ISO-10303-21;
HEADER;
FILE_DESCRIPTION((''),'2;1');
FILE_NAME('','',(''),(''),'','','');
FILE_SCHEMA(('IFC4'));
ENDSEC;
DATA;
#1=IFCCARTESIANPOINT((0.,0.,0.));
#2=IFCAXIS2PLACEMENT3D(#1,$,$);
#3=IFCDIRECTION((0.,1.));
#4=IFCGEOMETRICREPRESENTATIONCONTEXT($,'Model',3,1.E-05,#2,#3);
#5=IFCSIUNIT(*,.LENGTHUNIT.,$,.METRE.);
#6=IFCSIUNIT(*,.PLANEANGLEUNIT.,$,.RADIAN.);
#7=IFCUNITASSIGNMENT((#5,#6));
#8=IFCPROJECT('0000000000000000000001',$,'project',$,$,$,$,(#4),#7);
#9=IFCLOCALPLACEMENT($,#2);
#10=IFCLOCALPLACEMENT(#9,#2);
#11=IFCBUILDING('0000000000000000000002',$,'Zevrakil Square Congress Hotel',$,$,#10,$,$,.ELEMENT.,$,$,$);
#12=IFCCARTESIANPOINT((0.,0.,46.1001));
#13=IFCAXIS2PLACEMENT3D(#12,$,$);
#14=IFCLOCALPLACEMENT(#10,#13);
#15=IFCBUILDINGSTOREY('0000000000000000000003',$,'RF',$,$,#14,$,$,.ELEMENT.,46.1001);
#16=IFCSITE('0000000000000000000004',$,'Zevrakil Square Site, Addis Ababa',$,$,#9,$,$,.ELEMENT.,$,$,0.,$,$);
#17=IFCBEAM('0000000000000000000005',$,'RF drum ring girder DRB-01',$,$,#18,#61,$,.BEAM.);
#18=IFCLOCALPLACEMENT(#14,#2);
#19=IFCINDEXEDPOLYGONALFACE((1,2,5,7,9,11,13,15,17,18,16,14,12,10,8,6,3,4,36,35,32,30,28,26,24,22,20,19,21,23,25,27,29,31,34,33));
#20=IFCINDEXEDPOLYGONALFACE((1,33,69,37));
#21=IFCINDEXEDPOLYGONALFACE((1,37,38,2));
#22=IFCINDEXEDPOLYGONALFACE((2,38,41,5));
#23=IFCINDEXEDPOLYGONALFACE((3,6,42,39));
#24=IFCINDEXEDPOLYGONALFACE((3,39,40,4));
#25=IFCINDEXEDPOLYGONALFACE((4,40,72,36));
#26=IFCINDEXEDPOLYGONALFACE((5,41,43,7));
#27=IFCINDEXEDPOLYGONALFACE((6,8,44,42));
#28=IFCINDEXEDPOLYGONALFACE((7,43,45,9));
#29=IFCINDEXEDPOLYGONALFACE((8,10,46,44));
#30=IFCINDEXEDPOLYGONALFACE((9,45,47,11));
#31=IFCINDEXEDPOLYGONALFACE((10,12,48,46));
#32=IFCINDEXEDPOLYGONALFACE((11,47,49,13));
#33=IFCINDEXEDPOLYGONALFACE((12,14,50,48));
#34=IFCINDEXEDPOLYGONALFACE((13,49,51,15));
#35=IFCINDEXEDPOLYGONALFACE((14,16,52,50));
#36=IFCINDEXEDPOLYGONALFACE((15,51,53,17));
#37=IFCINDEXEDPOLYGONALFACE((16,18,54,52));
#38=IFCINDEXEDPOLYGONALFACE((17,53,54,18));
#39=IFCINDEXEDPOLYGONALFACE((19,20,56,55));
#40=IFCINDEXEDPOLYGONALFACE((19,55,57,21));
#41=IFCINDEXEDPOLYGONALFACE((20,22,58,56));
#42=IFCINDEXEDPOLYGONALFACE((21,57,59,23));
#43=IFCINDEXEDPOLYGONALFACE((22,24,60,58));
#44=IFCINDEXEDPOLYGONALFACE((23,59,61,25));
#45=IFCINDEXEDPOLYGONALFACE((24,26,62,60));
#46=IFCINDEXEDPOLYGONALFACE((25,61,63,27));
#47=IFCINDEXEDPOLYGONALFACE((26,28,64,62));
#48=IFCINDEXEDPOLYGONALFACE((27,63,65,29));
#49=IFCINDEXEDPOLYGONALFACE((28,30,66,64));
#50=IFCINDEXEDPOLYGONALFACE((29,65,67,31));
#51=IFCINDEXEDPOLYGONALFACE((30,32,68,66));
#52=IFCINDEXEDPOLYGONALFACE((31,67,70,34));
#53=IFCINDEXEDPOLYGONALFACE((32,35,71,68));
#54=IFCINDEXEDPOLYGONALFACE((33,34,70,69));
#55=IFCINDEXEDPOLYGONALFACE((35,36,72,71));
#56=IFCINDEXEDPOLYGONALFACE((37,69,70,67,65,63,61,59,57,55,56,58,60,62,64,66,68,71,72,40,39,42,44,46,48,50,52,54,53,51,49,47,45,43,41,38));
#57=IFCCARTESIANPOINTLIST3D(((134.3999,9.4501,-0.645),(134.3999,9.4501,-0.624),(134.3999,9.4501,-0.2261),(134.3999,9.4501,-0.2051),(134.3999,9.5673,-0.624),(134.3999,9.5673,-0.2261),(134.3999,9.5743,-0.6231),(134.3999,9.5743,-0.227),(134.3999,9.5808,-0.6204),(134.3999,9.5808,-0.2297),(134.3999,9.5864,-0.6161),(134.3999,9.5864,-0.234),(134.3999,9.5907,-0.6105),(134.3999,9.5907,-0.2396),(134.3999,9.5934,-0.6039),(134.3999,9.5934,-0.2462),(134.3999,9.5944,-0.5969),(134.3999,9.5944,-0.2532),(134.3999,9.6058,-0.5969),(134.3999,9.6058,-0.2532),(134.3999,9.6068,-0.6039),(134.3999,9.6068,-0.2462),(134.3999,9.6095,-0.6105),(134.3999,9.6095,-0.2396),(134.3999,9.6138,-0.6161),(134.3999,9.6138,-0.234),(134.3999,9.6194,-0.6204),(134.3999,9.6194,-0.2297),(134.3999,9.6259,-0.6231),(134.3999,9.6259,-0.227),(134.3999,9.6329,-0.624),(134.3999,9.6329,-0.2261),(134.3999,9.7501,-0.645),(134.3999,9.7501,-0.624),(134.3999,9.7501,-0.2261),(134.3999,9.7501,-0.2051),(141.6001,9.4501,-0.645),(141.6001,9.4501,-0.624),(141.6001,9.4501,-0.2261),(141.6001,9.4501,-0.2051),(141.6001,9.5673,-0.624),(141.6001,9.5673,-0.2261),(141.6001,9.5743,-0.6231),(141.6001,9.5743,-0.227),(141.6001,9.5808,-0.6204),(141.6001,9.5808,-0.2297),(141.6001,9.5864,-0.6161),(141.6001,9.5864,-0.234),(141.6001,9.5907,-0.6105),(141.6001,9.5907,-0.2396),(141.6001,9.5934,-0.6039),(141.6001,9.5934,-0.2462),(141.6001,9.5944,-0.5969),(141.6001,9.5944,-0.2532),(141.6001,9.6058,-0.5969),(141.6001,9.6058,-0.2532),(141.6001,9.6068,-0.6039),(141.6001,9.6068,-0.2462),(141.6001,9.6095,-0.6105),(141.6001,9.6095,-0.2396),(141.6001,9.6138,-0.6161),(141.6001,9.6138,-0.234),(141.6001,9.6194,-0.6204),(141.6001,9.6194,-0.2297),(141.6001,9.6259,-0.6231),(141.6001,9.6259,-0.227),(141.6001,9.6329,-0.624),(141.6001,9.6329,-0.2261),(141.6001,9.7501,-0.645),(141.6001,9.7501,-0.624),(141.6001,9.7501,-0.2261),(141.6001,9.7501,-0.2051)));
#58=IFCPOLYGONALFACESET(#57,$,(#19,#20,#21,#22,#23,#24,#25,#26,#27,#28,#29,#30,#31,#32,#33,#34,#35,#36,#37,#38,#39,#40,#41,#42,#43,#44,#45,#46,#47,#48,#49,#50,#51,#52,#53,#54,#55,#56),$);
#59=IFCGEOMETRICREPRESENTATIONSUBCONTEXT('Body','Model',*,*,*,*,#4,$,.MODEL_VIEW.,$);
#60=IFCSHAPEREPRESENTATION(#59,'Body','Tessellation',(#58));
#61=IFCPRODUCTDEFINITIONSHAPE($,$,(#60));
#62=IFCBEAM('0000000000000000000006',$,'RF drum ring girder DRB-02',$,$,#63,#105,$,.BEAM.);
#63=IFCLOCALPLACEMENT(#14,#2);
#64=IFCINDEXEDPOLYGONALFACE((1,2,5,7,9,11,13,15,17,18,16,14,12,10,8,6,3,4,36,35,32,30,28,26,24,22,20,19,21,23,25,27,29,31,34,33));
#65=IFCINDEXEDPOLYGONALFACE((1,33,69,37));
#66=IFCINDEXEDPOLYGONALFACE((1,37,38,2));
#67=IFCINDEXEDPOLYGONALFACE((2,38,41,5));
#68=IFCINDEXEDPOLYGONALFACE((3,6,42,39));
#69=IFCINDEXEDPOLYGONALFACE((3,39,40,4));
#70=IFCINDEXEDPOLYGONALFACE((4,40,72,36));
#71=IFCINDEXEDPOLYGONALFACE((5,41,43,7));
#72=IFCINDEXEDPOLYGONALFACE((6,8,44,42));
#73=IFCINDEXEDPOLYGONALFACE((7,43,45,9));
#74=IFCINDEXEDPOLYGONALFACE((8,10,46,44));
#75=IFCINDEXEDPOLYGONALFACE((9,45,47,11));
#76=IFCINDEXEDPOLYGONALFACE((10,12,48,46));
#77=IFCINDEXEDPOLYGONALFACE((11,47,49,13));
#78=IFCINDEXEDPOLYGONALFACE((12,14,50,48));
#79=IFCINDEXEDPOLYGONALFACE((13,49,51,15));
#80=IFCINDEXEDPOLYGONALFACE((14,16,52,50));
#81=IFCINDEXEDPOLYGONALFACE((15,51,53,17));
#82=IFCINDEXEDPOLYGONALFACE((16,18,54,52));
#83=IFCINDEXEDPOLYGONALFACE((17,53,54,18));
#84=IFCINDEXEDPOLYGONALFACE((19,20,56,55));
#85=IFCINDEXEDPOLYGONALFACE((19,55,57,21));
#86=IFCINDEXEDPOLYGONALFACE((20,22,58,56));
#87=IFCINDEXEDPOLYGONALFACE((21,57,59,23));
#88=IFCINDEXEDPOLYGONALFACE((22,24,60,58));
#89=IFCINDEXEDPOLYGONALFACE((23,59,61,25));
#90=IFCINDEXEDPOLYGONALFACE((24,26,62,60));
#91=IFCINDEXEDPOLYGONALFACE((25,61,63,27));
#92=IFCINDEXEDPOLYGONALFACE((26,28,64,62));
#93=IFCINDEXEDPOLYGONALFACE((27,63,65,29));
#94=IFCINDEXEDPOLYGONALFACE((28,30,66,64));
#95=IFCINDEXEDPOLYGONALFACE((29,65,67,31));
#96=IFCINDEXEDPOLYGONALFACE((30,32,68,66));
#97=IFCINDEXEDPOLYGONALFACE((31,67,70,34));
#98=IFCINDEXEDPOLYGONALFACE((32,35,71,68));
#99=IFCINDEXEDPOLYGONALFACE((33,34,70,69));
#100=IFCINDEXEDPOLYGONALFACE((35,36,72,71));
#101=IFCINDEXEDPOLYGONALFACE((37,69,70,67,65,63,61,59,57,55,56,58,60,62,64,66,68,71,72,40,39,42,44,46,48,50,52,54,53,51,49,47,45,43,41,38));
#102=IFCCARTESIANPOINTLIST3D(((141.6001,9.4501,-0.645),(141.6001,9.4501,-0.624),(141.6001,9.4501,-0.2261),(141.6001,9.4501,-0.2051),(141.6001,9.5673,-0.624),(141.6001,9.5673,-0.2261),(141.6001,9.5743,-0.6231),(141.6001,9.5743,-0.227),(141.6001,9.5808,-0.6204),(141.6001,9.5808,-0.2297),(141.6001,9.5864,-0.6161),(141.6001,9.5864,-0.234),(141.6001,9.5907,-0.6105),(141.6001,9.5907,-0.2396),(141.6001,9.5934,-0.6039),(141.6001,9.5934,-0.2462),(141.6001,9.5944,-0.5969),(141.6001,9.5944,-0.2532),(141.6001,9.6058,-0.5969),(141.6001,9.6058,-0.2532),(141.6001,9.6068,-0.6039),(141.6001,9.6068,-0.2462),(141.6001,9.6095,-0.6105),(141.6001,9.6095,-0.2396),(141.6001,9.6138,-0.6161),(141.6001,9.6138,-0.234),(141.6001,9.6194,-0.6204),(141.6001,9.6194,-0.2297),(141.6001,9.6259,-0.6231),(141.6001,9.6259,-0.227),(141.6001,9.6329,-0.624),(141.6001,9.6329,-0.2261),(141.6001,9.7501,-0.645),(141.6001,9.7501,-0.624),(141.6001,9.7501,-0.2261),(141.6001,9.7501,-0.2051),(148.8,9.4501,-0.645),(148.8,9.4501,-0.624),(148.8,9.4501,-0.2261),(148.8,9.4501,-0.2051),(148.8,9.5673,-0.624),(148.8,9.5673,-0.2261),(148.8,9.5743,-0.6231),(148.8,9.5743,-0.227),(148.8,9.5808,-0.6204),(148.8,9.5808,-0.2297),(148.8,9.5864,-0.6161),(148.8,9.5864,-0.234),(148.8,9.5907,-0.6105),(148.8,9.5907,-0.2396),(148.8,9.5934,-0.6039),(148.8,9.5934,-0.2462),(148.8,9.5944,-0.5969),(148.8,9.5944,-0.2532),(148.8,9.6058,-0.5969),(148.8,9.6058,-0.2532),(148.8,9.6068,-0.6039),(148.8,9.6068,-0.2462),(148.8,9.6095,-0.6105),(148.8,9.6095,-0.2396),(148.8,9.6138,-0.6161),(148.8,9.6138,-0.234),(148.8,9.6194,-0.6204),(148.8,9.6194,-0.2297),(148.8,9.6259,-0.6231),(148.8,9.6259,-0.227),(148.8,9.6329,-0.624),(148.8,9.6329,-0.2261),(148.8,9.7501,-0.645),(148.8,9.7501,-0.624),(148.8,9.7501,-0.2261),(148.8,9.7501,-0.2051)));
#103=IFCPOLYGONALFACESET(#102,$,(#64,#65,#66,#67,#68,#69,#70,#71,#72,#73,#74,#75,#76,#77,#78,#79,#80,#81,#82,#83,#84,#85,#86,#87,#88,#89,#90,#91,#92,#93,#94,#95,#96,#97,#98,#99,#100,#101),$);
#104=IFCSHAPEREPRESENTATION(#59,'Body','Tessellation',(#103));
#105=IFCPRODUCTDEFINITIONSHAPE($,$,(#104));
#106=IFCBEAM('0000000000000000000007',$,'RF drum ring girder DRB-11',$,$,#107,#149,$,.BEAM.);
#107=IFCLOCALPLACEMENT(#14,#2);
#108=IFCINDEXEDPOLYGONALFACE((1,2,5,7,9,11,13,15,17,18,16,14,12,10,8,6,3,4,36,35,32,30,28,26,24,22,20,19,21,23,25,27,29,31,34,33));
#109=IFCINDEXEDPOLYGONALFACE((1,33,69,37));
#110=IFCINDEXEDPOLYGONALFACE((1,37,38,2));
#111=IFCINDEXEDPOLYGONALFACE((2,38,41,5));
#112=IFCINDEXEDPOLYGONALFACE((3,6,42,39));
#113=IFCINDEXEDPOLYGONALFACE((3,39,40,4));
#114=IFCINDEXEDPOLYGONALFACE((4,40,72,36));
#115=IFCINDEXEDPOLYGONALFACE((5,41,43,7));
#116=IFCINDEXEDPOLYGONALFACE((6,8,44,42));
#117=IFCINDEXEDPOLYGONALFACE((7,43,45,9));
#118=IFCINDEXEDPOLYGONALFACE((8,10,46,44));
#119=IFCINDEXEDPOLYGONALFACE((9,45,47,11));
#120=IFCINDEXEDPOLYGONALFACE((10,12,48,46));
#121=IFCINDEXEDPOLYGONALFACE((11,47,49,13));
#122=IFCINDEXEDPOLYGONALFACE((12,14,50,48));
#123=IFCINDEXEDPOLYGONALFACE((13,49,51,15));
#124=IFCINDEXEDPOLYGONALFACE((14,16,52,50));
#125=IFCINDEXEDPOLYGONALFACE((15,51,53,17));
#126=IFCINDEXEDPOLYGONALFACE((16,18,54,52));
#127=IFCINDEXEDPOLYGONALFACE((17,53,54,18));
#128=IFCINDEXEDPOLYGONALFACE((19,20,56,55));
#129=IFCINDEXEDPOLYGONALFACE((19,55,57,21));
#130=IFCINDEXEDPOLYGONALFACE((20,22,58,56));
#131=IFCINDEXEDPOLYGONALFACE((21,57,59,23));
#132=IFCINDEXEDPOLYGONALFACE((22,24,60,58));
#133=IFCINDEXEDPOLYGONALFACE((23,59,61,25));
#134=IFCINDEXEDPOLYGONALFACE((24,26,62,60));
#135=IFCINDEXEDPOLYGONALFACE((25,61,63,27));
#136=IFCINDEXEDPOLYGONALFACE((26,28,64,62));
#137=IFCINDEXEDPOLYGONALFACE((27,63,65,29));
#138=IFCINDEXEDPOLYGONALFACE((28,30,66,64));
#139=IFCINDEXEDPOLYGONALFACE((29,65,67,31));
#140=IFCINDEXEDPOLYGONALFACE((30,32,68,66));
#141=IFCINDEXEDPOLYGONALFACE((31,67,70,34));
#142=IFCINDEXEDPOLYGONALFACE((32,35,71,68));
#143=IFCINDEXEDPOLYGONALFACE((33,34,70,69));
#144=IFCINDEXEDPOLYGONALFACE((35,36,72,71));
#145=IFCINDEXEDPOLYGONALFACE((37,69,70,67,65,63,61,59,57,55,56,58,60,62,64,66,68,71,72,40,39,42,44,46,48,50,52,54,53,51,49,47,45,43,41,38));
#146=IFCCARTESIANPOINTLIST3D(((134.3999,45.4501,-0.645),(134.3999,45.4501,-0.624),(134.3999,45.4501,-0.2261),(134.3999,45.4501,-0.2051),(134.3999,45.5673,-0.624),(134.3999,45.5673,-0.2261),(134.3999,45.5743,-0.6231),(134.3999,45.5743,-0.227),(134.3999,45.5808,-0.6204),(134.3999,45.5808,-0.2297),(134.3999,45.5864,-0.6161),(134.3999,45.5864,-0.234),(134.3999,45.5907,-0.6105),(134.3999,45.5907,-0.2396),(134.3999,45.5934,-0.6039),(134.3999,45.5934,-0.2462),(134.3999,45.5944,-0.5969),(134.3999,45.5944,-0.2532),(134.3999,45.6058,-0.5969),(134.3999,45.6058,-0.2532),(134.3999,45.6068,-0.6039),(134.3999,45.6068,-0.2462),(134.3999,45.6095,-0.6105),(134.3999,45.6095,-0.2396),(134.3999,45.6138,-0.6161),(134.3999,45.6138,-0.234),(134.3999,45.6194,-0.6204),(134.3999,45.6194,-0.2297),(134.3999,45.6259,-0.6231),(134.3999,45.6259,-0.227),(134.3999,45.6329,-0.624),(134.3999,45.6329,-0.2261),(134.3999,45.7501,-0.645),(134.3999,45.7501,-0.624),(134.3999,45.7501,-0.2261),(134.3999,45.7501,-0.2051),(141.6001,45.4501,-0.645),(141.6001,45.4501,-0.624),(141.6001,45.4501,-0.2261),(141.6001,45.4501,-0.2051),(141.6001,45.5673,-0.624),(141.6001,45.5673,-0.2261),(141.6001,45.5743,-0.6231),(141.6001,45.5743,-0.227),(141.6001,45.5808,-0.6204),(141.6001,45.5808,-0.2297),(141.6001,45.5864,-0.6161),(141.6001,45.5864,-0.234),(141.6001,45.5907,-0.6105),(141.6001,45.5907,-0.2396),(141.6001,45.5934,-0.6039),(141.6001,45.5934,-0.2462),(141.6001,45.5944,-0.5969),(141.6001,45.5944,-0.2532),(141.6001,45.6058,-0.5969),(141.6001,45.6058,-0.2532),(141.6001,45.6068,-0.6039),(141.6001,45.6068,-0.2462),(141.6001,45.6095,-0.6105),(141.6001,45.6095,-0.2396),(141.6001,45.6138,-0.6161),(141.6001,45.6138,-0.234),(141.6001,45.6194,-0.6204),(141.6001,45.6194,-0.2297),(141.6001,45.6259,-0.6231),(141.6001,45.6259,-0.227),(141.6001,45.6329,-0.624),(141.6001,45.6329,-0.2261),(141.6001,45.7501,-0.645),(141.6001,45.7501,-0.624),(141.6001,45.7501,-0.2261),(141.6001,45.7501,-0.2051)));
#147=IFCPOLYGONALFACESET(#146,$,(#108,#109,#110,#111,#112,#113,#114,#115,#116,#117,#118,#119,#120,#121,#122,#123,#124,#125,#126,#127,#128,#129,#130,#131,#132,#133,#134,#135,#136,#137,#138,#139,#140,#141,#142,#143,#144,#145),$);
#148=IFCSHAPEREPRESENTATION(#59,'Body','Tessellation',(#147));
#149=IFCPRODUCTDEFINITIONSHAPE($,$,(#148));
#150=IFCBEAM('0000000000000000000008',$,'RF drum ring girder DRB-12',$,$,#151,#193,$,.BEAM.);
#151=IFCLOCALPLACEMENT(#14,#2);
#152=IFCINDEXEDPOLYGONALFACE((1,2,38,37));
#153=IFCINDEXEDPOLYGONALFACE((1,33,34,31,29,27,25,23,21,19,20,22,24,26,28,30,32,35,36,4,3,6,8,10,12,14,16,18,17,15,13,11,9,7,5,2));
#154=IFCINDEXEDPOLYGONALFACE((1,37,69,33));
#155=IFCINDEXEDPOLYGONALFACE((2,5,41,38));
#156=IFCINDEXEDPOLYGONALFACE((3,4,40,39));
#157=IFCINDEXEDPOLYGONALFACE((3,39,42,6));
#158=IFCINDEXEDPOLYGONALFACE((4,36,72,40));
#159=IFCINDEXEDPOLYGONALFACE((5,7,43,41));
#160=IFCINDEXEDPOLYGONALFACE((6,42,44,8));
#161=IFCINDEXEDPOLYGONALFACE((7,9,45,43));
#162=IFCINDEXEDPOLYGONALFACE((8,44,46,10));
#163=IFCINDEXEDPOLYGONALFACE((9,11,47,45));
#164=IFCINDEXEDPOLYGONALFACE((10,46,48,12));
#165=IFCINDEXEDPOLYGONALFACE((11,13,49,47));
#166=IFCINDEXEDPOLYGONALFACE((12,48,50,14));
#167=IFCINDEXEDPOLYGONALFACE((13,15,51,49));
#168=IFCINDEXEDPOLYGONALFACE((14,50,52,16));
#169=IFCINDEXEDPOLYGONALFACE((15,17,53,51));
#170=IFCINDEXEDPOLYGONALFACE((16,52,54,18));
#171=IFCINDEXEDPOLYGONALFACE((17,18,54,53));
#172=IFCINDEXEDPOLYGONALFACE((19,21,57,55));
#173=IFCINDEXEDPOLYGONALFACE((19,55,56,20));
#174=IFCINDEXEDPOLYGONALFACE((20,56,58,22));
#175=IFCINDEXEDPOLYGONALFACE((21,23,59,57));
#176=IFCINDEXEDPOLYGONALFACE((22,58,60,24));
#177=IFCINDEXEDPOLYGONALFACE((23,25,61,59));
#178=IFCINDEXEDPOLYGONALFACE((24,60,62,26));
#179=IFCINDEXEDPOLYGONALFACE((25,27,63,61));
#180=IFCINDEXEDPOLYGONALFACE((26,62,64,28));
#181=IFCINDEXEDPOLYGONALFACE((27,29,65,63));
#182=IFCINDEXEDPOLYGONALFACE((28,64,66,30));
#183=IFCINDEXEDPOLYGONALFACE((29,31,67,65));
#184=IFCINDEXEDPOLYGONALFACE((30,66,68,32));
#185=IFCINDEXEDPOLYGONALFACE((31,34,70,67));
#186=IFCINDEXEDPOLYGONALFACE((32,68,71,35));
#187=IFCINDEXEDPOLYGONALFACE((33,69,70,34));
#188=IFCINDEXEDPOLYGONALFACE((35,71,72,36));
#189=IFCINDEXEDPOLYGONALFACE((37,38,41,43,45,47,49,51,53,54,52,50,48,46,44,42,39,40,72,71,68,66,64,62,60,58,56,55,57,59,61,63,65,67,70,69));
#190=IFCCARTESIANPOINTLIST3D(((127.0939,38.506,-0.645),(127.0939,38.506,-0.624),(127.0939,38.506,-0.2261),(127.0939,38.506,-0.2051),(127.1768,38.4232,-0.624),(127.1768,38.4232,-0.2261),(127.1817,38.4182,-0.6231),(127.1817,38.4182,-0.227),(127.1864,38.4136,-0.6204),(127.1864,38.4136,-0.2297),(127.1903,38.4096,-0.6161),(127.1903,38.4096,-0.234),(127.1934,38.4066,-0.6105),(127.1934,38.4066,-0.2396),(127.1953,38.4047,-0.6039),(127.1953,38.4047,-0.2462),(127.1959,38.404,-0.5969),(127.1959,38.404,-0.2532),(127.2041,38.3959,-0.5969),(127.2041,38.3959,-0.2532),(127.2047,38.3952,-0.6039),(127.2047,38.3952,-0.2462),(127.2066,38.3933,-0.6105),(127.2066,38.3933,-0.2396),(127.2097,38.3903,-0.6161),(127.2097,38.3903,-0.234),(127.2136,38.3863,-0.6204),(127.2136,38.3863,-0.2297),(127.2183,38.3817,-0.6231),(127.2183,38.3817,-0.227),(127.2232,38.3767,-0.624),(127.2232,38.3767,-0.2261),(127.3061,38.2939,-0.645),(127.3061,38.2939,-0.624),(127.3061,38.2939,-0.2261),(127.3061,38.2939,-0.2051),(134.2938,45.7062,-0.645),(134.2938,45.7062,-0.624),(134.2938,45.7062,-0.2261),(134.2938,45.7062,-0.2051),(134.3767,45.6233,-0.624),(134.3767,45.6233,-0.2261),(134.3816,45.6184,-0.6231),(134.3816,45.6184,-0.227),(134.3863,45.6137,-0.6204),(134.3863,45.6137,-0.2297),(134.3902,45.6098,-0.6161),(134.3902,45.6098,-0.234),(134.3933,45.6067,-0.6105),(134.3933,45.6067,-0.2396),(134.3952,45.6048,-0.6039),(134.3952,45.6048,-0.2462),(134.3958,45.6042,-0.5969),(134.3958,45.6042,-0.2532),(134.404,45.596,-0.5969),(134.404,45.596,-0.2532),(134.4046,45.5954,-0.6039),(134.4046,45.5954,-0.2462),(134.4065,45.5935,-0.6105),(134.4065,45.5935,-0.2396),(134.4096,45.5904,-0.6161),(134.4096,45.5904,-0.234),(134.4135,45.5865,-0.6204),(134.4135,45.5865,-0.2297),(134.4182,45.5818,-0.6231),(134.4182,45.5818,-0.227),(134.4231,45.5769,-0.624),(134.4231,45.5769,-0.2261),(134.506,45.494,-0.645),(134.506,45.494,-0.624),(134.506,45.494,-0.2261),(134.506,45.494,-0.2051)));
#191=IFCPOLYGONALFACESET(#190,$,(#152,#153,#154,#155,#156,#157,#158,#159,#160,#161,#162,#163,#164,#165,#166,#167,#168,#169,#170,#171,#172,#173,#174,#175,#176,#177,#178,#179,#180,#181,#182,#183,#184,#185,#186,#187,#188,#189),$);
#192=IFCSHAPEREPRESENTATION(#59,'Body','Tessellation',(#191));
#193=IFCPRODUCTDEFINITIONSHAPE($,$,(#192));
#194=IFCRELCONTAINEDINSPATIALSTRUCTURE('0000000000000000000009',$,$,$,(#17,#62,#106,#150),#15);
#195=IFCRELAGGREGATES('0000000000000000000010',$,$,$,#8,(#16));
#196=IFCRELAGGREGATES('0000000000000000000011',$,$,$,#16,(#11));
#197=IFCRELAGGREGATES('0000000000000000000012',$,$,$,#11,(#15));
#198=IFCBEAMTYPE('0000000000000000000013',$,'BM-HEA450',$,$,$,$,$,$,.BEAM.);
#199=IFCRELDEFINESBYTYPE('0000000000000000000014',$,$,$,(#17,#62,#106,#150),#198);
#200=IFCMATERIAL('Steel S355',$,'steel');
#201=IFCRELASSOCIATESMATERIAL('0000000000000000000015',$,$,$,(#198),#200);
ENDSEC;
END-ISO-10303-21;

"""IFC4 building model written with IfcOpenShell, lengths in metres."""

from ifc_helpers import new_model, si_unit, direction, frame, origin, origin_2d, place, context, subcontext, project, spatial, i_section, extrude, material, material_profile, profile_set, type_object, element, save


model = new_model("IFC4")

# Units and contexts
model_context = context("Model", 3, precision=1e-05, world=origin(), true_north=direction((0.0, 1.0)))
body_context = subcontext(model_context, "Body", "Model", "MODEL_VIEW")
ifc_project = project(units=[si_unit("LENGTHUNIT", "METRE"), si_unit("PLANEANGLEUNIT", "RADIAN")], contexts=[model_context])

# Site, building, storey
site_placement = place(None, origin())
site = spatial("IfcSite", under=ifc_project, at=site_placement, Name="Zevrakil Square Site, Addis Ababa", CompositionType="ELEMENT", RefElevation=0.0)
building_placement = place(site_placement, origin())
building = spatial("IfcBuilding", under=site, at=building_placement, Name="Zevrakil Square Congress Hotel", CompositionType="ELEMENT")
storey_placement = place(building_placement, frame((0.0, 0.0, 46.1001)))
storey = spatial("IfcBuildingStorey", under=building, at=storey_placement, Name="RF", CompositionType="ELEMENT", Elevation=46.1001)

# Beams
ifc_material_1 = material(Name="Steel S355", Category="steel")
ifc_material_profile_1 = material_profile(ifc_material_1, i_section(OverallWidth=0.3, OverallDepth=0.4399, WebThickness=0.0115, FlangeThickness=0.021, FilletRadius=0.0271, at=origin_2d()), Name="HEA 450")
ifc_profile_set_1 = profile_set([ifc_material_profile_1], Name="Steel S355")
beam_type_1 = type_object("IfcBeamType", Name="BM-HEA450", PredefinedType="BEAM", material=ifc_profile_set_1)
beam_1_placement = place(storey_placement, frame((134.3999, 9.6001, -0.425), z_axis=(1.0, 0.0, 0.0), x_axis=(0.0, 1.0, 0.0)))
element("IfcBeam", 1, at=beam_1_placement, inside=storey, type_object=beam_type_1, Name="RF drum ring girder DRB-01", PredefinedType="BEAM", context=body_context, shape_type="SweptSolid", body=[
    extrude(i_section(OverallWidth=0.3, OverallDepth=0.4399, WebThickness=0.0115, FlangeThickness=0.021, FilletRadius=0.0271, at=origin_2d()), origin(), (0.0, 0.0, 1.0), 7.2002),
])
beam_2_placement = place(storey_placement, frame((141.6001, 9.6001, -0.425), z_axis=(1.0, 0.0, 0.0), x_axis=(0.0, 1.0, 0.0)))
element("IfcBeam", 2, at=beam_2_placement, inside=storey, type_object=beam_type_1, Name="RF drum ring girder DRB-02", PredefinedType="BEAM", context=body_context, shape_type="SweptSolid", body=[
    extrude(i_section(OverallWidth=0.3, OverallDepth=0.4399, WebThickness=0.0115, FlangeThickness=0.021, FilletRadius=0.0271, at=origin_2d()), origin(), (0.0, 0.0, 1.0), 7.2),
])
beam_3_placement = place(storey_placement, frame((141.6001, 45.6001, -0.425), z_axis=(-1.0, 0.0, 0.0), x_axis=(0.0, -1.0, 0.0)))
element("IfcBeam", 3, at=beam_3_placement, inside=storey, type_object=beam_type_1, Name="RF drum ring girder DRB-11", PredefinedType="BEAM", context=body_context, shape_type="SweptSolid", body=[
    extrude(i_section(OverallWidth=0.3, OverallDepth=0.4399, WebThickness=0.0115, FlangeThickness=0.021, FilletRadius=0.0271, at=origin_2d()), origin(), (0.0, 0.0, 1.0), 7.2002),
])
beam_4_placement = place(storey_placement, frame((134.3999, 45.6001, -0.425), z_axis=(-0.707095, -0.707119, 0.0), x_axis=(0.707119, -0.707095, 0.0)))
element("IfcBeam", 4, at=beam_4_placement, inside=storey, type_object=beam_type_1, Name="RF drum ring girder DRB-12", PredefinedType="BEAM", context=body_context, shape_type="SweptSolid", body=[
    extrude(i_section(OverallWidth=0.3, OverallDepth=0.4399, WebThickness=0.0115, FlangeThickness=0.021, FilletRadius=0.0271, at=origin_2d()), origin(), (0.0, 0.0, 1.0), 10.1824),
])

save(model, "model.ifc")
